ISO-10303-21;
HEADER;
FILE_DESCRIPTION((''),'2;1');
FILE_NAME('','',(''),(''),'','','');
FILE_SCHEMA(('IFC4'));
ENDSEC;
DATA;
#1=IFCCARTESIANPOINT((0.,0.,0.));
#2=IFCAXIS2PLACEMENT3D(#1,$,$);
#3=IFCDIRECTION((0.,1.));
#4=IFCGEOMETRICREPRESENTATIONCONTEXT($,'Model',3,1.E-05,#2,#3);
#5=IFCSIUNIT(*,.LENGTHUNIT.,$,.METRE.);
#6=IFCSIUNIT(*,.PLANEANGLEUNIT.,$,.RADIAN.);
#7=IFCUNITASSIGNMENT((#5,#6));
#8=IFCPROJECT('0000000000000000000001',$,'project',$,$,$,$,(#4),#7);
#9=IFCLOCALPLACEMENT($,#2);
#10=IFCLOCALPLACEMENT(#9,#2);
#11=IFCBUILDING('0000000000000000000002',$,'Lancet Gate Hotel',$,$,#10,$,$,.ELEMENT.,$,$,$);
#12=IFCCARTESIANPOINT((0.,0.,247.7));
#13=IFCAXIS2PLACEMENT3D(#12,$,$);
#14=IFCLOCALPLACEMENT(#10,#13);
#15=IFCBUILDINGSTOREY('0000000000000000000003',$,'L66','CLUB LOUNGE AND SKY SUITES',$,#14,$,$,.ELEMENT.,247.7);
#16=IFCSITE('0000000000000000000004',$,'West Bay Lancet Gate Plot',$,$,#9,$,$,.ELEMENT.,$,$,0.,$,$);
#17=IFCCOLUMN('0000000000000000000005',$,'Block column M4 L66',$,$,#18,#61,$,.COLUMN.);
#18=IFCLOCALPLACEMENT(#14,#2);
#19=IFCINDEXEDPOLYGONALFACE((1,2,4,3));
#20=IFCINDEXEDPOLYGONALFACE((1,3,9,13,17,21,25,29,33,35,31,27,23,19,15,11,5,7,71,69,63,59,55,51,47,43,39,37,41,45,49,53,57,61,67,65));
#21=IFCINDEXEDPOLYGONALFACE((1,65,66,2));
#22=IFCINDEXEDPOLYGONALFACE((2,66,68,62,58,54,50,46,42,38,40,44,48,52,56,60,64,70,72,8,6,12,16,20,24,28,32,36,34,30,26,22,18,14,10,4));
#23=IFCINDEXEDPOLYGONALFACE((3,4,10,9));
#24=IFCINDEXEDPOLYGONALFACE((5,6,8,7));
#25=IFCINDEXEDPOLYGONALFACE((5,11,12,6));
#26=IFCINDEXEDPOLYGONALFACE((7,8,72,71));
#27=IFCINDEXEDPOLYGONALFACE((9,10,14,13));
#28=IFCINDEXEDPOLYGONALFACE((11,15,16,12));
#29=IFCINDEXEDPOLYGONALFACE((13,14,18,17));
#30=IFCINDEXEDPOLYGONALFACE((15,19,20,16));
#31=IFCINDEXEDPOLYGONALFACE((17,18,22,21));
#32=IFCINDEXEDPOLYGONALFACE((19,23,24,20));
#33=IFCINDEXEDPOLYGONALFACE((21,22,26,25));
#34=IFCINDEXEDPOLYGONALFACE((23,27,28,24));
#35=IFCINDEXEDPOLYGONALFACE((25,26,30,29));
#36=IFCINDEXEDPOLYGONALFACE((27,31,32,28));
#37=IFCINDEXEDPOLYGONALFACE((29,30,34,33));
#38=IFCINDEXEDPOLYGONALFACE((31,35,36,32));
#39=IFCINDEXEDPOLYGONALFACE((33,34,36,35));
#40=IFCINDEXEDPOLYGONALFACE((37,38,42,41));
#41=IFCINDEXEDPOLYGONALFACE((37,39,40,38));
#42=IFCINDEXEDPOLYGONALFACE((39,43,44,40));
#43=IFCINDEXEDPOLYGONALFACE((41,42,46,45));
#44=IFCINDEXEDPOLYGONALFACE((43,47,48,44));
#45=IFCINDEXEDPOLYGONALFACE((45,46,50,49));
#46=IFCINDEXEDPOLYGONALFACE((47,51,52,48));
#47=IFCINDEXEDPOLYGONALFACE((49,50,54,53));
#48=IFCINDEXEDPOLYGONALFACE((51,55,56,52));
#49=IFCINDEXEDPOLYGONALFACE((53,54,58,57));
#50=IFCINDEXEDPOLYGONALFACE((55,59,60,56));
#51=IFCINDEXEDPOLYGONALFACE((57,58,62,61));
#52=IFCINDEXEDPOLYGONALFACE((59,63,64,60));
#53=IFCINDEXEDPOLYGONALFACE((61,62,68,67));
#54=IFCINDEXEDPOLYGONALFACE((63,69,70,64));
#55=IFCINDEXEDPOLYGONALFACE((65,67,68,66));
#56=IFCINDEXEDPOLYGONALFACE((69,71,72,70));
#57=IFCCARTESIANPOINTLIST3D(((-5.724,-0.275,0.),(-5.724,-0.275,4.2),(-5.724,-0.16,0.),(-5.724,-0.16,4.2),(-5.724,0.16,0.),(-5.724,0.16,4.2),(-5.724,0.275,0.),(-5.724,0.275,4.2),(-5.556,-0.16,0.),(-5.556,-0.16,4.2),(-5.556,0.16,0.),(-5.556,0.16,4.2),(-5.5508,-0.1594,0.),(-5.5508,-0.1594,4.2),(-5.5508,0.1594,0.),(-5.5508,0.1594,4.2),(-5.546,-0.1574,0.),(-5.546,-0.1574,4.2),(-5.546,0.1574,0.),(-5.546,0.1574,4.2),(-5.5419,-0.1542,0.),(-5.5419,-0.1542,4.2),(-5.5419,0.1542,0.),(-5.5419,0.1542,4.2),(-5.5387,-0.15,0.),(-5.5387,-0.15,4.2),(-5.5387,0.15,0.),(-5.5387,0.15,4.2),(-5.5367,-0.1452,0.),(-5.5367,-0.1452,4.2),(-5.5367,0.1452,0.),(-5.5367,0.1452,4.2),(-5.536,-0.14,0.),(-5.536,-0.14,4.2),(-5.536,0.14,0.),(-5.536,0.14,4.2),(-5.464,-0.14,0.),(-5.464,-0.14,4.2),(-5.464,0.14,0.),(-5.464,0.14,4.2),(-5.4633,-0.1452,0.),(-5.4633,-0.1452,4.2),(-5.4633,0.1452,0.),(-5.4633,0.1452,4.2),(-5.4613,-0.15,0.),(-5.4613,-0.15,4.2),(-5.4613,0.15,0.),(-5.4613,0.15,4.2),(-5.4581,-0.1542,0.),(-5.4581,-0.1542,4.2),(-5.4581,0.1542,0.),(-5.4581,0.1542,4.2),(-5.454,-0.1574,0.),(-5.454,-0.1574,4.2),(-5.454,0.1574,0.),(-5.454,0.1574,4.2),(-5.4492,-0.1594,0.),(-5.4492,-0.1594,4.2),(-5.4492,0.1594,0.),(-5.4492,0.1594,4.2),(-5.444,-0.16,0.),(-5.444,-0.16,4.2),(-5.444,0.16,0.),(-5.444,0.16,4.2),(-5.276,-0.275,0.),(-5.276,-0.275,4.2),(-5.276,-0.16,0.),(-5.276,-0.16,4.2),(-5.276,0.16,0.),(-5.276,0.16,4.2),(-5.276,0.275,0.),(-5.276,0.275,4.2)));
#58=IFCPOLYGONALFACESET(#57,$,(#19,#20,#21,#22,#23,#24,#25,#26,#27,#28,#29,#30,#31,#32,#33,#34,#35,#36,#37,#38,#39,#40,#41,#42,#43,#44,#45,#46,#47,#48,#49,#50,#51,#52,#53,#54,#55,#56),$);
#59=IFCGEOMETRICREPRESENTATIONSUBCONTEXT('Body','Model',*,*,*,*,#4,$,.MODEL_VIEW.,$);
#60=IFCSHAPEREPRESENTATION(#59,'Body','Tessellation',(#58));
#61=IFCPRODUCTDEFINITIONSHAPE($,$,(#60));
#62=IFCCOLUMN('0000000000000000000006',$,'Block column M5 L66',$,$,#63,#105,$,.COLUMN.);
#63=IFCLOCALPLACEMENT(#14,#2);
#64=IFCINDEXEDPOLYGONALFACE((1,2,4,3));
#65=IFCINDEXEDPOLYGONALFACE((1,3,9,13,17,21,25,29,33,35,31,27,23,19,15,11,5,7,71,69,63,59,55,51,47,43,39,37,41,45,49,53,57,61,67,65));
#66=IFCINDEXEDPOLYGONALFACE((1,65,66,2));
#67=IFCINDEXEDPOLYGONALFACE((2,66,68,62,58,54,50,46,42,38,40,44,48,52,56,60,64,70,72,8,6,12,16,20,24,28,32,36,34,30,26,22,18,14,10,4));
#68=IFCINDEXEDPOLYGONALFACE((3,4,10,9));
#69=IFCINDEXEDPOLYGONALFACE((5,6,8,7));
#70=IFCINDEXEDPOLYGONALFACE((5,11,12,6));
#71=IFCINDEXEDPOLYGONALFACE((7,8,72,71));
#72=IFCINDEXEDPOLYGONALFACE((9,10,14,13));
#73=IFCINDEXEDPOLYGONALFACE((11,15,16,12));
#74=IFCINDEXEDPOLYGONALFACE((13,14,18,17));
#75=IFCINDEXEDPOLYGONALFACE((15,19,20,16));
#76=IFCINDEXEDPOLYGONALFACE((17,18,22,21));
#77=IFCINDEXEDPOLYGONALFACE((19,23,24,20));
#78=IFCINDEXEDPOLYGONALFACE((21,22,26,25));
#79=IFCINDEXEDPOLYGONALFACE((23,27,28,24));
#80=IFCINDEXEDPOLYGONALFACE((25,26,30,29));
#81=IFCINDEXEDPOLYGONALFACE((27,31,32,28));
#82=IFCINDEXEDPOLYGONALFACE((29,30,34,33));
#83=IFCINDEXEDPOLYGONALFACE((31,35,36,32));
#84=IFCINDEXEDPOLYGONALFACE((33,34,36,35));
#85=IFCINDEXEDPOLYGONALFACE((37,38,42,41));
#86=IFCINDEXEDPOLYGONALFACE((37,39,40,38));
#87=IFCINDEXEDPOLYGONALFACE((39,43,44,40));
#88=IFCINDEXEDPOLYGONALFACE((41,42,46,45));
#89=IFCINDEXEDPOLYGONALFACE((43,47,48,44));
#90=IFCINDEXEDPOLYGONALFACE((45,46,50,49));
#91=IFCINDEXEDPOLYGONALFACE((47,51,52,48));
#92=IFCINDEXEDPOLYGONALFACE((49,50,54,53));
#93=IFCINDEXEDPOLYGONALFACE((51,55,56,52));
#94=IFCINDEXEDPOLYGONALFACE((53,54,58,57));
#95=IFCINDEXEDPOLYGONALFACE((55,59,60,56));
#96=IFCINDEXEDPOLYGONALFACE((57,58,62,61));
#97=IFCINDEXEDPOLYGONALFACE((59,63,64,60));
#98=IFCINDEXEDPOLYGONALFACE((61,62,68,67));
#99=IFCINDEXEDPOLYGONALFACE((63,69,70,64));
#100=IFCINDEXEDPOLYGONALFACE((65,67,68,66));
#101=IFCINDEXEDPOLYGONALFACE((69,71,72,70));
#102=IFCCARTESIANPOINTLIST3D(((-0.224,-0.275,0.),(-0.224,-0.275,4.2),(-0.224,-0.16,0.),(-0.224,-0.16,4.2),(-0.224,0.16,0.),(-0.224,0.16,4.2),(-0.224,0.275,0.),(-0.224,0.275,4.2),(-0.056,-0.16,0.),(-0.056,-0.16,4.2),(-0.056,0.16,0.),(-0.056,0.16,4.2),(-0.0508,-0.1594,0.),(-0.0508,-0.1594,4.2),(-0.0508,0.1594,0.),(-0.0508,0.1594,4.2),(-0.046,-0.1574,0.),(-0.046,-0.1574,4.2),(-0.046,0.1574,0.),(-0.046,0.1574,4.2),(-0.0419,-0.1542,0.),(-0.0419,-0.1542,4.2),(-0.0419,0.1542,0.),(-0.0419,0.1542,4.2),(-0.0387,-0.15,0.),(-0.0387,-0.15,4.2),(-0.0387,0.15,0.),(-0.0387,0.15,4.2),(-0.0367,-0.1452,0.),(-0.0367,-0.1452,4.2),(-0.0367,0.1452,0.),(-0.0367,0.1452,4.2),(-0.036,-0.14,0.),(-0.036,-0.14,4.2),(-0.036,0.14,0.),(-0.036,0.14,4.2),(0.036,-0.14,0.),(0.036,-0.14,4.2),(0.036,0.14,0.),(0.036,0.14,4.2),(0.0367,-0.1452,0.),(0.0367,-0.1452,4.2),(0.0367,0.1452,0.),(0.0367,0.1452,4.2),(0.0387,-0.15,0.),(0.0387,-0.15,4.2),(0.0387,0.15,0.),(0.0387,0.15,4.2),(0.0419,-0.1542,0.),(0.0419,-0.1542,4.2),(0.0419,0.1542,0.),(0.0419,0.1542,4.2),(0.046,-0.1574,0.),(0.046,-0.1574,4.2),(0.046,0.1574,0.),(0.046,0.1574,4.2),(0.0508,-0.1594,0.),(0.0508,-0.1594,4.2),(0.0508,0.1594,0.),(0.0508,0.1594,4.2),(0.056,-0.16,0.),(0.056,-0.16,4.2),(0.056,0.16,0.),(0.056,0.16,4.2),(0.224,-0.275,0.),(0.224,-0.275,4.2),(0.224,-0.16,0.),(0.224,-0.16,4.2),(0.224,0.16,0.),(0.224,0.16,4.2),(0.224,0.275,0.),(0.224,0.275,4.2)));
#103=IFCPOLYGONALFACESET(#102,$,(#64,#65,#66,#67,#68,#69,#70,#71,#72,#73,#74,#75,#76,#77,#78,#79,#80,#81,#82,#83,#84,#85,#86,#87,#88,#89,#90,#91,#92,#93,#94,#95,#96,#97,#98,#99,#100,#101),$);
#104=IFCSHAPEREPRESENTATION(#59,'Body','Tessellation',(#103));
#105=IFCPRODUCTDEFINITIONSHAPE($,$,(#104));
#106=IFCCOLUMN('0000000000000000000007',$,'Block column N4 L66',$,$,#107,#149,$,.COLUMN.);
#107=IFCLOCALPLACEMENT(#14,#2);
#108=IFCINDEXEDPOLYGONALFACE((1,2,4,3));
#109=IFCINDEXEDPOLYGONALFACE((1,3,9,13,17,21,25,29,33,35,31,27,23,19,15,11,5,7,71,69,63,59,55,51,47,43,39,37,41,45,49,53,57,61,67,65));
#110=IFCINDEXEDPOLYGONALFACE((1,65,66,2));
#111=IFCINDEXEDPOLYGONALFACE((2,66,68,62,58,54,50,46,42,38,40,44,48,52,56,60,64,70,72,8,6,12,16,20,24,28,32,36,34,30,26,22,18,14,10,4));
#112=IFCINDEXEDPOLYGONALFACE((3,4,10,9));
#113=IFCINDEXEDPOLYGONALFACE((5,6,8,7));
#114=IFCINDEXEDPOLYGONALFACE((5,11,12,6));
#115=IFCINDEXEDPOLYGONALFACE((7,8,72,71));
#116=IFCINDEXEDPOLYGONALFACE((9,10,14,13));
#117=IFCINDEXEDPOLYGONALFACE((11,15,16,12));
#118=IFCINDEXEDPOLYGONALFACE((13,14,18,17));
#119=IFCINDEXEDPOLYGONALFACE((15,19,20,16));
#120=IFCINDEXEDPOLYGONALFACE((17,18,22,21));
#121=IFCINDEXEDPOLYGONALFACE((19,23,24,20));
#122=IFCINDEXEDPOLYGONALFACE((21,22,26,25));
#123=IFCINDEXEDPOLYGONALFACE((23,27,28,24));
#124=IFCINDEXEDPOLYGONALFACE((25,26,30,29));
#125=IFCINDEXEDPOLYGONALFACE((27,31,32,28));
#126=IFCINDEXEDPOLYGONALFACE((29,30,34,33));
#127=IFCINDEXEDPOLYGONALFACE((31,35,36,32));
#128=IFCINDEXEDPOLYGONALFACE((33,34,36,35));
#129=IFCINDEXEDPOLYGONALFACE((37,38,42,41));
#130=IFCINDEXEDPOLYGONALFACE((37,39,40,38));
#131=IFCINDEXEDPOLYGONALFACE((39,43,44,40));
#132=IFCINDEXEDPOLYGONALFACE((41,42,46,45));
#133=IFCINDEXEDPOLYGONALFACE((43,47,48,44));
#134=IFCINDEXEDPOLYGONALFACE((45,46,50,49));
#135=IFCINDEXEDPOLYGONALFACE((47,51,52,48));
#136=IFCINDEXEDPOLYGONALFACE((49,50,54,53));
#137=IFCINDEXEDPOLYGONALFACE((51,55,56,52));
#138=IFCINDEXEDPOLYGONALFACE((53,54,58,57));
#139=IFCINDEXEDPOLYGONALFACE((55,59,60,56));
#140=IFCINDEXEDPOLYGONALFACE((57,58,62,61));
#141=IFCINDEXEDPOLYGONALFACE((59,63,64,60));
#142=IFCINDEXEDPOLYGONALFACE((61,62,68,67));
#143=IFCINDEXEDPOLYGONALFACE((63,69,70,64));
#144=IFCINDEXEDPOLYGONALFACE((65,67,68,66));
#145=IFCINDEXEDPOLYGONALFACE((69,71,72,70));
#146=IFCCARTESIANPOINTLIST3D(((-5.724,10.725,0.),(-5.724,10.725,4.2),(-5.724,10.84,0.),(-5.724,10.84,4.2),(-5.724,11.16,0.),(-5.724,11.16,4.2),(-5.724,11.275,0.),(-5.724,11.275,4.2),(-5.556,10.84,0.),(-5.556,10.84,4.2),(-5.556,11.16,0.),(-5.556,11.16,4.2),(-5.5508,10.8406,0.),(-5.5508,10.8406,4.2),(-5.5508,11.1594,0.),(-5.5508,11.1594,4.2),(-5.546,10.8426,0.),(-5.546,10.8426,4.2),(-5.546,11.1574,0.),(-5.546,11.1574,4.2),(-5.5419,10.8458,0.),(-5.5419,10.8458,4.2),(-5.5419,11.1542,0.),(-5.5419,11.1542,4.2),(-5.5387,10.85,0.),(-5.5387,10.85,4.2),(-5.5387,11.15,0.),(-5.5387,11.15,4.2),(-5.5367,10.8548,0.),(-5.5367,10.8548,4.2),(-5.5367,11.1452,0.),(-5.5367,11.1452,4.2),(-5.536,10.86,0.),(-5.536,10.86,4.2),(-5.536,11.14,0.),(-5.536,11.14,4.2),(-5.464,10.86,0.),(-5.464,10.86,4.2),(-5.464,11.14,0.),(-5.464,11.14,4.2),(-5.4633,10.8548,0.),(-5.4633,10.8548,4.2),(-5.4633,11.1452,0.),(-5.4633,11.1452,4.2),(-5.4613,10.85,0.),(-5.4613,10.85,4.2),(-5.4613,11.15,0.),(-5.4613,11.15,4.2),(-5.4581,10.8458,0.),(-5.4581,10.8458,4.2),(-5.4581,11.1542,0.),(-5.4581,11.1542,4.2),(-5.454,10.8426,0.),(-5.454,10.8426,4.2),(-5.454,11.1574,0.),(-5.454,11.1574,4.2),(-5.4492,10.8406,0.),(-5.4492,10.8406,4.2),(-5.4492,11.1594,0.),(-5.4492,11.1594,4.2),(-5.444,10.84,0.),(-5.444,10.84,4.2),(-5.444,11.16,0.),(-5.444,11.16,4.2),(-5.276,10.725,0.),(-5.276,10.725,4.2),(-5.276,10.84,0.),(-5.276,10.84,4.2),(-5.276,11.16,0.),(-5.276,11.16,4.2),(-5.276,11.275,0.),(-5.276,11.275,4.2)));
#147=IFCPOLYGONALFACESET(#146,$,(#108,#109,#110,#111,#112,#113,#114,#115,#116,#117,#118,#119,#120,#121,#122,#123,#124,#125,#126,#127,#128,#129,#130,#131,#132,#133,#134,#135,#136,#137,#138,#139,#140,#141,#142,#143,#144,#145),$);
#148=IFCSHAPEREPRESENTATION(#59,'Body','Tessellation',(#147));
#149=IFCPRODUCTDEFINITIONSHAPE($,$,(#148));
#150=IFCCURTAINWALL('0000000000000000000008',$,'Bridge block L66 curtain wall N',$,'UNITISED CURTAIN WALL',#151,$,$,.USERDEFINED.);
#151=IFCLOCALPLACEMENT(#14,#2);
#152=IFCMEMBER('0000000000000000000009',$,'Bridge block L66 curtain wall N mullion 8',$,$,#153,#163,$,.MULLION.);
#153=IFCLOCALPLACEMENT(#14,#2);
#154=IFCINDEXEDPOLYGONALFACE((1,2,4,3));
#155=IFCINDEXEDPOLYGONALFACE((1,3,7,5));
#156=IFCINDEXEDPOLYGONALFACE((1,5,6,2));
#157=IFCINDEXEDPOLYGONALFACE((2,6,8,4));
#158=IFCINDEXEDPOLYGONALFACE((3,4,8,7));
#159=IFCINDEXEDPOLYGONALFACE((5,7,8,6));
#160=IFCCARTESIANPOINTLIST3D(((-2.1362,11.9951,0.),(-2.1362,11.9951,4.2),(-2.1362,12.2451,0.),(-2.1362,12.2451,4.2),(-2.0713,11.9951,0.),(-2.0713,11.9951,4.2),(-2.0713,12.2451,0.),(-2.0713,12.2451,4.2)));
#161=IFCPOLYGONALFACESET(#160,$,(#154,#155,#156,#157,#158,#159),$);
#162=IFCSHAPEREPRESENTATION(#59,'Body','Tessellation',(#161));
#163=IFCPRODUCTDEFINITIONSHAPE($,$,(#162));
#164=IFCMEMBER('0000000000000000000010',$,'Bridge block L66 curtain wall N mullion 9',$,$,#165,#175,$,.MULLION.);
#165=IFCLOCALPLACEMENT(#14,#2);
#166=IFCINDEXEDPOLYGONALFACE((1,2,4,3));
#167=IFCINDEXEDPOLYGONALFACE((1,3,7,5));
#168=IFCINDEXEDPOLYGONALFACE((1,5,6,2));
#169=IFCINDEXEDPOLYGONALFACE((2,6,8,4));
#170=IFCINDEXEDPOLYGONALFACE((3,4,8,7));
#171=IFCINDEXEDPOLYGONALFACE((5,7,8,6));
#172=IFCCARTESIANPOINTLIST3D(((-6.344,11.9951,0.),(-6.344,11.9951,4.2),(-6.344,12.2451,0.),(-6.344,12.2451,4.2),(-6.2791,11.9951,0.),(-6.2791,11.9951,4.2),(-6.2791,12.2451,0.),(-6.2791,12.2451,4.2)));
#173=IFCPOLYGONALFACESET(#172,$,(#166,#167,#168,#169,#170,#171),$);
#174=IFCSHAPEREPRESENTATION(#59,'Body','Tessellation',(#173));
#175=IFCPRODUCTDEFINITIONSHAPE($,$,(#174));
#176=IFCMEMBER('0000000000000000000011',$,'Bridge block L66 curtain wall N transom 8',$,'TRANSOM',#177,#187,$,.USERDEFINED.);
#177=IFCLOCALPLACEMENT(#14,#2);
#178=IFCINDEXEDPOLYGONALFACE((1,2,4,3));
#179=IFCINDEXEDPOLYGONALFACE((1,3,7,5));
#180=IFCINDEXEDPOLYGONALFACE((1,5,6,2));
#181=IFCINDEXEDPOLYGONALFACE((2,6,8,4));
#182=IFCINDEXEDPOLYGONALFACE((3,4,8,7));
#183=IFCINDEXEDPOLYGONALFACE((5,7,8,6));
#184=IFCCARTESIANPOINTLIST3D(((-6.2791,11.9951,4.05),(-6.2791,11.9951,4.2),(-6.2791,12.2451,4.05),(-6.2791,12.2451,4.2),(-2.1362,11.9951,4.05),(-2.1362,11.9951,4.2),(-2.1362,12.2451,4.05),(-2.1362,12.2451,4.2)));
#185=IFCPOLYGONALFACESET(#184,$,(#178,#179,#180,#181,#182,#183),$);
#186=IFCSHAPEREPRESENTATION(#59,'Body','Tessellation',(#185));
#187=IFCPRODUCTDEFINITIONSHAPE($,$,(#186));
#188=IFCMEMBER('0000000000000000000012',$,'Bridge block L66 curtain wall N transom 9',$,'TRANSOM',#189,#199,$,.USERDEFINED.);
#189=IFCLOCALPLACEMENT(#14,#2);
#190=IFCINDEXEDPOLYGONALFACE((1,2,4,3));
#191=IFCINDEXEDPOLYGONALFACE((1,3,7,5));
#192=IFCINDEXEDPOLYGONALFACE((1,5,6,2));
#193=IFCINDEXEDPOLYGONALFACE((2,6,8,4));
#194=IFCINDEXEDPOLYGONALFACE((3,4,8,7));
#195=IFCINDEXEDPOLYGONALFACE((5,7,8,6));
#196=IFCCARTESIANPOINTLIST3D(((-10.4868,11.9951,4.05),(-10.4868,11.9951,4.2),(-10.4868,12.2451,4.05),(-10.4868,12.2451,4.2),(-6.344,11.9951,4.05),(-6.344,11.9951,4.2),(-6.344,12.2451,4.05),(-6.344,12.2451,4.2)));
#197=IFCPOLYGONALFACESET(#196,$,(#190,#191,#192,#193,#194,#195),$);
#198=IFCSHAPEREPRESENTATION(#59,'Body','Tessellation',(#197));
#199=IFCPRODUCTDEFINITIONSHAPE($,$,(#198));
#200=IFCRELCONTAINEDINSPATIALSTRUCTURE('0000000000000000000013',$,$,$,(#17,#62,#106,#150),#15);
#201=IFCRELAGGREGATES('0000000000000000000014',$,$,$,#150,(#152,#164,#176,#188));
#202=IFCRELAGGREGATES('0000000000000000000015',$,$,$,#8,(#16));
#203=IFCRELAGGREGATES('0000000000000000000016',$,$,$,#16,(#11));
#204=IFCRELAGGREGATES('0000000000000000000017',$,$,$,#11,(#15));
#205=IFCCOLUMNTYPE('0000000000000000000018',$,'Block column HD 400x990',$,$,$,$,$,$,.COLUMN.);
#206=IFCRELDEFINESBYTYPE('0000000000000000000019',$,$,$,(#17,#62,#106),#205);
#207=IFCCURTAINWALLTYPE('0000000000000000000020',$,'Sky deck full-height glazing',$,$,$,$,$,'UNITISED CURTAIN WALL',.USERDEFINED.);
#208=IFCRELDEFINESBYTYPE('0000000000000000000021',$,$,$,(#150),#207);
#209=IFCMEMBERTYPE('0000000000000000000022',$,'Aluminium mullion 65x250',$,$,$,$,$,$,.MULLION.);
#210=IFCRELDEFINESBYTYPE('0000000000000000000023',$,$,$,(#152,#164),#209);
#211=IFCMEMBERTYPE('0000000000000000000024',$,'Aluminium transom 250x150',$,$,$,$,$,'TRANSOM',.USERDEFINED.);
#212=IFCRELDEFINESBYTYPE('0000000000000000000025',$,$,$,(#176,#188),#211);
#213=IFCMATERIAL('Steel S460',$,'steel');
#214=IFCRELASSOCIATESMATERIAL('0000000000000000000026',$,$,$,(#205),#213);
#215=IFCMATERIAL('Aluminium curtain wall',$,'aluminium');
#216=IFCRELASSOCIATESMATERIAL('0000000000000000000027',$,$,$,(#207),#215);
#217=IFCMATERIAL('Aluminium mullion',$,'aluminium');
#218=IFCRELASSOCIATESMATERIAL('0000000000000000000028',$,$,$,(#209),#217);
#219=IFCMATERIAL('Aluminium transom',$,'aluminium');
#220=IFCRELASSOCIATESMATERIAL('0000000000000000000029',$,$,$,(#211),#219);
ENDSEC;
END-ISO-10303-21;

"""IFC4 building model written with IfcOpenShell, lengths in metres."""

from ifc_helpers import new_model, si_unit, direction, frame, origin, origin_2d, place, context, subcontext, project, spatial, rectangle, i_section, extrude, material, material_profile, profile_set, type_object, element, aggregate, save


model = new_model("IFC4")

# Units and contexts
model_context = context("Model", 3, precision=1e-05, world=origin(), true_north=direction((0.0, 1.0)))
body_context = subcontext(model_context, "Body", "Model", "MODEL_VIEW")
ifc_project = project(units=[si_unit("LENGTHUNIT", "METRE"), si_unit("PLANEANGLEUNIT", "RADIAN")], contexts=[model_context])

# Site, building, storey
site_placement = place(None, origin())
site = spatial("IfcSite", under=ifc_project, at=site_placement, Name="West Bay Lancet Gate Plot", CompositionType="ELEMENT", RefElevation=0.0)
building_placement = place(site_placement, origin())
building = spatial("IfcBuilding", under=site, at=building_placement, Name="Lancet Gate Hotel", CompositionType="ELEMENT")
storey_placement = place(building_placement, frame((0.0, 0.0, 247.7)))
storey = spatial("IfcBuildingStorey", under=building, at=storey_placement, Name="L66", Description="CLUB LOUNGE AND SKY SUITES", CompositionType="ELEMENT", Elevation=247.7)

# Columns
ifc_material_1 = material(Name="Steel S460", Category="steel")
ifc_material_profile_1 = material_profile(ifc_material_1, i_section(OverallWidth=0.448, OverallDepth=0.55, WebThickness=0.072, FlangeThickness=0.115, FilletRadius=0.02, at=origin_2d()), Name="HD 400x990")
ifc_profile_set_1 = profile_set([ifc_material_profile_1], Name="Steel S460")
column_type = type_object("IfcColumnType", Name="Block column HD 400x990", PredefinedType="COLUMN", material=ifc_profile_set_1)
for number, where, z_axis, x_axis, name in (
    (1, (-5.5, 0.0, 0.0), (0.0, 0.0, 1.0), (1.0, 0.0, 0.0), "Block column M4 L66"),
    (2, (0.0, 0.0, 0.0), (0.0, 0.0, 1.0), (1.0, 0.0, 0.0), "Block column M5 L66"),
    (3, (-5.5, 11.0, 0.0), (0.0, 0.0, 1.0), (1.0, 0.0, 0.0), "Block column N4 L66"),
):
    element("IfcColumn", number, at=place(storey_placement, frame(where, z_axis=z_axis, x_axis=x_axis)), inside=storey, type_object=column_type, Name=name, PredefinedType="COLUMN", context=body_context, shape_type="SweptSolid", body=[
        extrude(i_section(OverallWidth=0.448, OverallDepth=0.55, WebThickness=0.072, FlangeThickness=0.115, FilletRadius=0.02, at=origin_2d()), origin(), (0.0, 0.0, 1.0), 4.2),
    ])

# Curtain wall, members
ifc_material_2 = material(Name="Aluminium curtain wall", Category="aluminium")
curtain_wall_type = type_object("IfcCurtainWallType", Name="Sky deck full-height glazing", ElementType="UNITISED CURTAIN WALL", PredefinedType="USERDEFINED", material=ifc_material_2)
curtain_wall_placement = place(storey_placement, origin())
curtain_wall = element("IfcCurtainWall", 4, at=curtain_wall_placement, inside=storey, type_object=curtain_wall_type, Name="Bridge block L66 curtain wall N", ObjectType="UNITISED CURTAIN WALL", PredefinedType="USERDEFINED")
ifc_material_3 = material(Name="Aluminium mullion", Category="aluminium")
ifc_material_profile_2 = material_profile(ifc_material_3, rectangle(XDim=0.0649, YDim=0.25, at=origin_2d()), Name="MULLION 65x250")
ifc_profile_set_2 = profile_set([ifc_material_profile_2], Name="Aluminium mullion")
member_type_1 = type_object("IfcMemberType", Name="Aluminium mullion 65x250", PredefinedType="MULLION", material=ifc_profile_set_2)
member_1_placement = place(storey_placement, frame((-2.1038, 12.1201, 0.0), z_axis=(0.0, 0.0, 1.0), x_axis=(-1.0, 0.0, 0.0)))
member_1 = element("IfcMember", 5, at=member_1_placement, type_object=member_type_1, Name="Bridge block L66 curtain wall N mullion 8", PredefinedType="MULLION", context=body_context, shape_type="SweptSolid", body=[
    extrude(rectangle(XDim=0.0649, YDim=0.25, at=origin_2d()), origin(), (0.0, 0.0, 1.0), 4.2),
])
member_2_placement = place(storey_placement, frame((-6.3115, 12.1201, 0.0), z_axis=(0.0, 0.0, 1.0), x_axis=(-1.0, 0.0, 0.0)))
member_2 = element("IfcMember", 6, at=member_2_placement, type_object=member_type_1, Name="Bridge block L66 curtain wall N mullion 9", PredefinedType="MULLION", context=body_context, shape_type="SweptSolid", body=[
    extrude(rectangle(XDim=0.0649, YDim=0.25, at=origin_2d()), origin(), (0.0, 0.0, 1.0), 4.2),
])
ifc_material_4 = material(Name="Aluminium transom", Category="aluminium")
ifc_material_profile_3 = material_profile(ifc_material_4, rectangle(XDim=0.25, YDim=0.1499, at=origin_2d()), Name="TRANSOM 250x150")
ifc_profile_set_3 = profile_set([ifc_material_profile_3], Name="Aluminium transom")
member_type_2 = type_object("IfcMemberType", Name="Aluminium transom 250x150", ElementType="TRANSOM", PredefinedType="USERDEFINED", material=ifc_profile_set_3)
member_3_placement = place(storey_placement, frame((-2.1362, 12.1201, 4.125), z_axis=(-1.0, 0.0, 0.0), x_axis=(0.0, -1.0, 0.0)))
member_3 = element("IfcMember", 7, at=member_3_placement, type_object=member_type_2, Name="Bridge block L66 curtain wall N transom 8", ObjectType="TRANSOM", PredefinedType="USERDEFINED", context=body_context, shape_type="SweptSolid", body=[
    extrude(rectangle(XDim=0.25, YDim=0.1499, at=origin_2d()), origin(), (0.0, 0.0, 1.0), 4.1428),
])
member_4_placement = place(storey_placement, frame((-6.344, 12.1201, 4.125), z_axis=(-1.0, 0.0, 0.0), x_axis=(0.0, -1.0, 0.0)))
member_4 = element("IfcMember", 8, at=member_4_placement, type_object=member_type_2, Name="Bridge block L66 curtain wall N transom 9", ObjectType="TRANSOM", PredefinedType="USERDEFINED", context=body_context, shape_type="SweptSolid", body=[
    extrude(rectangle(XDim=0.25, YDim=0.1499, at=origin_2d()), origin(), (0.0, 0.0, 1.0), 4.1428),
])

aggregate(curtain_wall, [member_1, member_2, member_3, member_4])

save(model, "model.ifc")
